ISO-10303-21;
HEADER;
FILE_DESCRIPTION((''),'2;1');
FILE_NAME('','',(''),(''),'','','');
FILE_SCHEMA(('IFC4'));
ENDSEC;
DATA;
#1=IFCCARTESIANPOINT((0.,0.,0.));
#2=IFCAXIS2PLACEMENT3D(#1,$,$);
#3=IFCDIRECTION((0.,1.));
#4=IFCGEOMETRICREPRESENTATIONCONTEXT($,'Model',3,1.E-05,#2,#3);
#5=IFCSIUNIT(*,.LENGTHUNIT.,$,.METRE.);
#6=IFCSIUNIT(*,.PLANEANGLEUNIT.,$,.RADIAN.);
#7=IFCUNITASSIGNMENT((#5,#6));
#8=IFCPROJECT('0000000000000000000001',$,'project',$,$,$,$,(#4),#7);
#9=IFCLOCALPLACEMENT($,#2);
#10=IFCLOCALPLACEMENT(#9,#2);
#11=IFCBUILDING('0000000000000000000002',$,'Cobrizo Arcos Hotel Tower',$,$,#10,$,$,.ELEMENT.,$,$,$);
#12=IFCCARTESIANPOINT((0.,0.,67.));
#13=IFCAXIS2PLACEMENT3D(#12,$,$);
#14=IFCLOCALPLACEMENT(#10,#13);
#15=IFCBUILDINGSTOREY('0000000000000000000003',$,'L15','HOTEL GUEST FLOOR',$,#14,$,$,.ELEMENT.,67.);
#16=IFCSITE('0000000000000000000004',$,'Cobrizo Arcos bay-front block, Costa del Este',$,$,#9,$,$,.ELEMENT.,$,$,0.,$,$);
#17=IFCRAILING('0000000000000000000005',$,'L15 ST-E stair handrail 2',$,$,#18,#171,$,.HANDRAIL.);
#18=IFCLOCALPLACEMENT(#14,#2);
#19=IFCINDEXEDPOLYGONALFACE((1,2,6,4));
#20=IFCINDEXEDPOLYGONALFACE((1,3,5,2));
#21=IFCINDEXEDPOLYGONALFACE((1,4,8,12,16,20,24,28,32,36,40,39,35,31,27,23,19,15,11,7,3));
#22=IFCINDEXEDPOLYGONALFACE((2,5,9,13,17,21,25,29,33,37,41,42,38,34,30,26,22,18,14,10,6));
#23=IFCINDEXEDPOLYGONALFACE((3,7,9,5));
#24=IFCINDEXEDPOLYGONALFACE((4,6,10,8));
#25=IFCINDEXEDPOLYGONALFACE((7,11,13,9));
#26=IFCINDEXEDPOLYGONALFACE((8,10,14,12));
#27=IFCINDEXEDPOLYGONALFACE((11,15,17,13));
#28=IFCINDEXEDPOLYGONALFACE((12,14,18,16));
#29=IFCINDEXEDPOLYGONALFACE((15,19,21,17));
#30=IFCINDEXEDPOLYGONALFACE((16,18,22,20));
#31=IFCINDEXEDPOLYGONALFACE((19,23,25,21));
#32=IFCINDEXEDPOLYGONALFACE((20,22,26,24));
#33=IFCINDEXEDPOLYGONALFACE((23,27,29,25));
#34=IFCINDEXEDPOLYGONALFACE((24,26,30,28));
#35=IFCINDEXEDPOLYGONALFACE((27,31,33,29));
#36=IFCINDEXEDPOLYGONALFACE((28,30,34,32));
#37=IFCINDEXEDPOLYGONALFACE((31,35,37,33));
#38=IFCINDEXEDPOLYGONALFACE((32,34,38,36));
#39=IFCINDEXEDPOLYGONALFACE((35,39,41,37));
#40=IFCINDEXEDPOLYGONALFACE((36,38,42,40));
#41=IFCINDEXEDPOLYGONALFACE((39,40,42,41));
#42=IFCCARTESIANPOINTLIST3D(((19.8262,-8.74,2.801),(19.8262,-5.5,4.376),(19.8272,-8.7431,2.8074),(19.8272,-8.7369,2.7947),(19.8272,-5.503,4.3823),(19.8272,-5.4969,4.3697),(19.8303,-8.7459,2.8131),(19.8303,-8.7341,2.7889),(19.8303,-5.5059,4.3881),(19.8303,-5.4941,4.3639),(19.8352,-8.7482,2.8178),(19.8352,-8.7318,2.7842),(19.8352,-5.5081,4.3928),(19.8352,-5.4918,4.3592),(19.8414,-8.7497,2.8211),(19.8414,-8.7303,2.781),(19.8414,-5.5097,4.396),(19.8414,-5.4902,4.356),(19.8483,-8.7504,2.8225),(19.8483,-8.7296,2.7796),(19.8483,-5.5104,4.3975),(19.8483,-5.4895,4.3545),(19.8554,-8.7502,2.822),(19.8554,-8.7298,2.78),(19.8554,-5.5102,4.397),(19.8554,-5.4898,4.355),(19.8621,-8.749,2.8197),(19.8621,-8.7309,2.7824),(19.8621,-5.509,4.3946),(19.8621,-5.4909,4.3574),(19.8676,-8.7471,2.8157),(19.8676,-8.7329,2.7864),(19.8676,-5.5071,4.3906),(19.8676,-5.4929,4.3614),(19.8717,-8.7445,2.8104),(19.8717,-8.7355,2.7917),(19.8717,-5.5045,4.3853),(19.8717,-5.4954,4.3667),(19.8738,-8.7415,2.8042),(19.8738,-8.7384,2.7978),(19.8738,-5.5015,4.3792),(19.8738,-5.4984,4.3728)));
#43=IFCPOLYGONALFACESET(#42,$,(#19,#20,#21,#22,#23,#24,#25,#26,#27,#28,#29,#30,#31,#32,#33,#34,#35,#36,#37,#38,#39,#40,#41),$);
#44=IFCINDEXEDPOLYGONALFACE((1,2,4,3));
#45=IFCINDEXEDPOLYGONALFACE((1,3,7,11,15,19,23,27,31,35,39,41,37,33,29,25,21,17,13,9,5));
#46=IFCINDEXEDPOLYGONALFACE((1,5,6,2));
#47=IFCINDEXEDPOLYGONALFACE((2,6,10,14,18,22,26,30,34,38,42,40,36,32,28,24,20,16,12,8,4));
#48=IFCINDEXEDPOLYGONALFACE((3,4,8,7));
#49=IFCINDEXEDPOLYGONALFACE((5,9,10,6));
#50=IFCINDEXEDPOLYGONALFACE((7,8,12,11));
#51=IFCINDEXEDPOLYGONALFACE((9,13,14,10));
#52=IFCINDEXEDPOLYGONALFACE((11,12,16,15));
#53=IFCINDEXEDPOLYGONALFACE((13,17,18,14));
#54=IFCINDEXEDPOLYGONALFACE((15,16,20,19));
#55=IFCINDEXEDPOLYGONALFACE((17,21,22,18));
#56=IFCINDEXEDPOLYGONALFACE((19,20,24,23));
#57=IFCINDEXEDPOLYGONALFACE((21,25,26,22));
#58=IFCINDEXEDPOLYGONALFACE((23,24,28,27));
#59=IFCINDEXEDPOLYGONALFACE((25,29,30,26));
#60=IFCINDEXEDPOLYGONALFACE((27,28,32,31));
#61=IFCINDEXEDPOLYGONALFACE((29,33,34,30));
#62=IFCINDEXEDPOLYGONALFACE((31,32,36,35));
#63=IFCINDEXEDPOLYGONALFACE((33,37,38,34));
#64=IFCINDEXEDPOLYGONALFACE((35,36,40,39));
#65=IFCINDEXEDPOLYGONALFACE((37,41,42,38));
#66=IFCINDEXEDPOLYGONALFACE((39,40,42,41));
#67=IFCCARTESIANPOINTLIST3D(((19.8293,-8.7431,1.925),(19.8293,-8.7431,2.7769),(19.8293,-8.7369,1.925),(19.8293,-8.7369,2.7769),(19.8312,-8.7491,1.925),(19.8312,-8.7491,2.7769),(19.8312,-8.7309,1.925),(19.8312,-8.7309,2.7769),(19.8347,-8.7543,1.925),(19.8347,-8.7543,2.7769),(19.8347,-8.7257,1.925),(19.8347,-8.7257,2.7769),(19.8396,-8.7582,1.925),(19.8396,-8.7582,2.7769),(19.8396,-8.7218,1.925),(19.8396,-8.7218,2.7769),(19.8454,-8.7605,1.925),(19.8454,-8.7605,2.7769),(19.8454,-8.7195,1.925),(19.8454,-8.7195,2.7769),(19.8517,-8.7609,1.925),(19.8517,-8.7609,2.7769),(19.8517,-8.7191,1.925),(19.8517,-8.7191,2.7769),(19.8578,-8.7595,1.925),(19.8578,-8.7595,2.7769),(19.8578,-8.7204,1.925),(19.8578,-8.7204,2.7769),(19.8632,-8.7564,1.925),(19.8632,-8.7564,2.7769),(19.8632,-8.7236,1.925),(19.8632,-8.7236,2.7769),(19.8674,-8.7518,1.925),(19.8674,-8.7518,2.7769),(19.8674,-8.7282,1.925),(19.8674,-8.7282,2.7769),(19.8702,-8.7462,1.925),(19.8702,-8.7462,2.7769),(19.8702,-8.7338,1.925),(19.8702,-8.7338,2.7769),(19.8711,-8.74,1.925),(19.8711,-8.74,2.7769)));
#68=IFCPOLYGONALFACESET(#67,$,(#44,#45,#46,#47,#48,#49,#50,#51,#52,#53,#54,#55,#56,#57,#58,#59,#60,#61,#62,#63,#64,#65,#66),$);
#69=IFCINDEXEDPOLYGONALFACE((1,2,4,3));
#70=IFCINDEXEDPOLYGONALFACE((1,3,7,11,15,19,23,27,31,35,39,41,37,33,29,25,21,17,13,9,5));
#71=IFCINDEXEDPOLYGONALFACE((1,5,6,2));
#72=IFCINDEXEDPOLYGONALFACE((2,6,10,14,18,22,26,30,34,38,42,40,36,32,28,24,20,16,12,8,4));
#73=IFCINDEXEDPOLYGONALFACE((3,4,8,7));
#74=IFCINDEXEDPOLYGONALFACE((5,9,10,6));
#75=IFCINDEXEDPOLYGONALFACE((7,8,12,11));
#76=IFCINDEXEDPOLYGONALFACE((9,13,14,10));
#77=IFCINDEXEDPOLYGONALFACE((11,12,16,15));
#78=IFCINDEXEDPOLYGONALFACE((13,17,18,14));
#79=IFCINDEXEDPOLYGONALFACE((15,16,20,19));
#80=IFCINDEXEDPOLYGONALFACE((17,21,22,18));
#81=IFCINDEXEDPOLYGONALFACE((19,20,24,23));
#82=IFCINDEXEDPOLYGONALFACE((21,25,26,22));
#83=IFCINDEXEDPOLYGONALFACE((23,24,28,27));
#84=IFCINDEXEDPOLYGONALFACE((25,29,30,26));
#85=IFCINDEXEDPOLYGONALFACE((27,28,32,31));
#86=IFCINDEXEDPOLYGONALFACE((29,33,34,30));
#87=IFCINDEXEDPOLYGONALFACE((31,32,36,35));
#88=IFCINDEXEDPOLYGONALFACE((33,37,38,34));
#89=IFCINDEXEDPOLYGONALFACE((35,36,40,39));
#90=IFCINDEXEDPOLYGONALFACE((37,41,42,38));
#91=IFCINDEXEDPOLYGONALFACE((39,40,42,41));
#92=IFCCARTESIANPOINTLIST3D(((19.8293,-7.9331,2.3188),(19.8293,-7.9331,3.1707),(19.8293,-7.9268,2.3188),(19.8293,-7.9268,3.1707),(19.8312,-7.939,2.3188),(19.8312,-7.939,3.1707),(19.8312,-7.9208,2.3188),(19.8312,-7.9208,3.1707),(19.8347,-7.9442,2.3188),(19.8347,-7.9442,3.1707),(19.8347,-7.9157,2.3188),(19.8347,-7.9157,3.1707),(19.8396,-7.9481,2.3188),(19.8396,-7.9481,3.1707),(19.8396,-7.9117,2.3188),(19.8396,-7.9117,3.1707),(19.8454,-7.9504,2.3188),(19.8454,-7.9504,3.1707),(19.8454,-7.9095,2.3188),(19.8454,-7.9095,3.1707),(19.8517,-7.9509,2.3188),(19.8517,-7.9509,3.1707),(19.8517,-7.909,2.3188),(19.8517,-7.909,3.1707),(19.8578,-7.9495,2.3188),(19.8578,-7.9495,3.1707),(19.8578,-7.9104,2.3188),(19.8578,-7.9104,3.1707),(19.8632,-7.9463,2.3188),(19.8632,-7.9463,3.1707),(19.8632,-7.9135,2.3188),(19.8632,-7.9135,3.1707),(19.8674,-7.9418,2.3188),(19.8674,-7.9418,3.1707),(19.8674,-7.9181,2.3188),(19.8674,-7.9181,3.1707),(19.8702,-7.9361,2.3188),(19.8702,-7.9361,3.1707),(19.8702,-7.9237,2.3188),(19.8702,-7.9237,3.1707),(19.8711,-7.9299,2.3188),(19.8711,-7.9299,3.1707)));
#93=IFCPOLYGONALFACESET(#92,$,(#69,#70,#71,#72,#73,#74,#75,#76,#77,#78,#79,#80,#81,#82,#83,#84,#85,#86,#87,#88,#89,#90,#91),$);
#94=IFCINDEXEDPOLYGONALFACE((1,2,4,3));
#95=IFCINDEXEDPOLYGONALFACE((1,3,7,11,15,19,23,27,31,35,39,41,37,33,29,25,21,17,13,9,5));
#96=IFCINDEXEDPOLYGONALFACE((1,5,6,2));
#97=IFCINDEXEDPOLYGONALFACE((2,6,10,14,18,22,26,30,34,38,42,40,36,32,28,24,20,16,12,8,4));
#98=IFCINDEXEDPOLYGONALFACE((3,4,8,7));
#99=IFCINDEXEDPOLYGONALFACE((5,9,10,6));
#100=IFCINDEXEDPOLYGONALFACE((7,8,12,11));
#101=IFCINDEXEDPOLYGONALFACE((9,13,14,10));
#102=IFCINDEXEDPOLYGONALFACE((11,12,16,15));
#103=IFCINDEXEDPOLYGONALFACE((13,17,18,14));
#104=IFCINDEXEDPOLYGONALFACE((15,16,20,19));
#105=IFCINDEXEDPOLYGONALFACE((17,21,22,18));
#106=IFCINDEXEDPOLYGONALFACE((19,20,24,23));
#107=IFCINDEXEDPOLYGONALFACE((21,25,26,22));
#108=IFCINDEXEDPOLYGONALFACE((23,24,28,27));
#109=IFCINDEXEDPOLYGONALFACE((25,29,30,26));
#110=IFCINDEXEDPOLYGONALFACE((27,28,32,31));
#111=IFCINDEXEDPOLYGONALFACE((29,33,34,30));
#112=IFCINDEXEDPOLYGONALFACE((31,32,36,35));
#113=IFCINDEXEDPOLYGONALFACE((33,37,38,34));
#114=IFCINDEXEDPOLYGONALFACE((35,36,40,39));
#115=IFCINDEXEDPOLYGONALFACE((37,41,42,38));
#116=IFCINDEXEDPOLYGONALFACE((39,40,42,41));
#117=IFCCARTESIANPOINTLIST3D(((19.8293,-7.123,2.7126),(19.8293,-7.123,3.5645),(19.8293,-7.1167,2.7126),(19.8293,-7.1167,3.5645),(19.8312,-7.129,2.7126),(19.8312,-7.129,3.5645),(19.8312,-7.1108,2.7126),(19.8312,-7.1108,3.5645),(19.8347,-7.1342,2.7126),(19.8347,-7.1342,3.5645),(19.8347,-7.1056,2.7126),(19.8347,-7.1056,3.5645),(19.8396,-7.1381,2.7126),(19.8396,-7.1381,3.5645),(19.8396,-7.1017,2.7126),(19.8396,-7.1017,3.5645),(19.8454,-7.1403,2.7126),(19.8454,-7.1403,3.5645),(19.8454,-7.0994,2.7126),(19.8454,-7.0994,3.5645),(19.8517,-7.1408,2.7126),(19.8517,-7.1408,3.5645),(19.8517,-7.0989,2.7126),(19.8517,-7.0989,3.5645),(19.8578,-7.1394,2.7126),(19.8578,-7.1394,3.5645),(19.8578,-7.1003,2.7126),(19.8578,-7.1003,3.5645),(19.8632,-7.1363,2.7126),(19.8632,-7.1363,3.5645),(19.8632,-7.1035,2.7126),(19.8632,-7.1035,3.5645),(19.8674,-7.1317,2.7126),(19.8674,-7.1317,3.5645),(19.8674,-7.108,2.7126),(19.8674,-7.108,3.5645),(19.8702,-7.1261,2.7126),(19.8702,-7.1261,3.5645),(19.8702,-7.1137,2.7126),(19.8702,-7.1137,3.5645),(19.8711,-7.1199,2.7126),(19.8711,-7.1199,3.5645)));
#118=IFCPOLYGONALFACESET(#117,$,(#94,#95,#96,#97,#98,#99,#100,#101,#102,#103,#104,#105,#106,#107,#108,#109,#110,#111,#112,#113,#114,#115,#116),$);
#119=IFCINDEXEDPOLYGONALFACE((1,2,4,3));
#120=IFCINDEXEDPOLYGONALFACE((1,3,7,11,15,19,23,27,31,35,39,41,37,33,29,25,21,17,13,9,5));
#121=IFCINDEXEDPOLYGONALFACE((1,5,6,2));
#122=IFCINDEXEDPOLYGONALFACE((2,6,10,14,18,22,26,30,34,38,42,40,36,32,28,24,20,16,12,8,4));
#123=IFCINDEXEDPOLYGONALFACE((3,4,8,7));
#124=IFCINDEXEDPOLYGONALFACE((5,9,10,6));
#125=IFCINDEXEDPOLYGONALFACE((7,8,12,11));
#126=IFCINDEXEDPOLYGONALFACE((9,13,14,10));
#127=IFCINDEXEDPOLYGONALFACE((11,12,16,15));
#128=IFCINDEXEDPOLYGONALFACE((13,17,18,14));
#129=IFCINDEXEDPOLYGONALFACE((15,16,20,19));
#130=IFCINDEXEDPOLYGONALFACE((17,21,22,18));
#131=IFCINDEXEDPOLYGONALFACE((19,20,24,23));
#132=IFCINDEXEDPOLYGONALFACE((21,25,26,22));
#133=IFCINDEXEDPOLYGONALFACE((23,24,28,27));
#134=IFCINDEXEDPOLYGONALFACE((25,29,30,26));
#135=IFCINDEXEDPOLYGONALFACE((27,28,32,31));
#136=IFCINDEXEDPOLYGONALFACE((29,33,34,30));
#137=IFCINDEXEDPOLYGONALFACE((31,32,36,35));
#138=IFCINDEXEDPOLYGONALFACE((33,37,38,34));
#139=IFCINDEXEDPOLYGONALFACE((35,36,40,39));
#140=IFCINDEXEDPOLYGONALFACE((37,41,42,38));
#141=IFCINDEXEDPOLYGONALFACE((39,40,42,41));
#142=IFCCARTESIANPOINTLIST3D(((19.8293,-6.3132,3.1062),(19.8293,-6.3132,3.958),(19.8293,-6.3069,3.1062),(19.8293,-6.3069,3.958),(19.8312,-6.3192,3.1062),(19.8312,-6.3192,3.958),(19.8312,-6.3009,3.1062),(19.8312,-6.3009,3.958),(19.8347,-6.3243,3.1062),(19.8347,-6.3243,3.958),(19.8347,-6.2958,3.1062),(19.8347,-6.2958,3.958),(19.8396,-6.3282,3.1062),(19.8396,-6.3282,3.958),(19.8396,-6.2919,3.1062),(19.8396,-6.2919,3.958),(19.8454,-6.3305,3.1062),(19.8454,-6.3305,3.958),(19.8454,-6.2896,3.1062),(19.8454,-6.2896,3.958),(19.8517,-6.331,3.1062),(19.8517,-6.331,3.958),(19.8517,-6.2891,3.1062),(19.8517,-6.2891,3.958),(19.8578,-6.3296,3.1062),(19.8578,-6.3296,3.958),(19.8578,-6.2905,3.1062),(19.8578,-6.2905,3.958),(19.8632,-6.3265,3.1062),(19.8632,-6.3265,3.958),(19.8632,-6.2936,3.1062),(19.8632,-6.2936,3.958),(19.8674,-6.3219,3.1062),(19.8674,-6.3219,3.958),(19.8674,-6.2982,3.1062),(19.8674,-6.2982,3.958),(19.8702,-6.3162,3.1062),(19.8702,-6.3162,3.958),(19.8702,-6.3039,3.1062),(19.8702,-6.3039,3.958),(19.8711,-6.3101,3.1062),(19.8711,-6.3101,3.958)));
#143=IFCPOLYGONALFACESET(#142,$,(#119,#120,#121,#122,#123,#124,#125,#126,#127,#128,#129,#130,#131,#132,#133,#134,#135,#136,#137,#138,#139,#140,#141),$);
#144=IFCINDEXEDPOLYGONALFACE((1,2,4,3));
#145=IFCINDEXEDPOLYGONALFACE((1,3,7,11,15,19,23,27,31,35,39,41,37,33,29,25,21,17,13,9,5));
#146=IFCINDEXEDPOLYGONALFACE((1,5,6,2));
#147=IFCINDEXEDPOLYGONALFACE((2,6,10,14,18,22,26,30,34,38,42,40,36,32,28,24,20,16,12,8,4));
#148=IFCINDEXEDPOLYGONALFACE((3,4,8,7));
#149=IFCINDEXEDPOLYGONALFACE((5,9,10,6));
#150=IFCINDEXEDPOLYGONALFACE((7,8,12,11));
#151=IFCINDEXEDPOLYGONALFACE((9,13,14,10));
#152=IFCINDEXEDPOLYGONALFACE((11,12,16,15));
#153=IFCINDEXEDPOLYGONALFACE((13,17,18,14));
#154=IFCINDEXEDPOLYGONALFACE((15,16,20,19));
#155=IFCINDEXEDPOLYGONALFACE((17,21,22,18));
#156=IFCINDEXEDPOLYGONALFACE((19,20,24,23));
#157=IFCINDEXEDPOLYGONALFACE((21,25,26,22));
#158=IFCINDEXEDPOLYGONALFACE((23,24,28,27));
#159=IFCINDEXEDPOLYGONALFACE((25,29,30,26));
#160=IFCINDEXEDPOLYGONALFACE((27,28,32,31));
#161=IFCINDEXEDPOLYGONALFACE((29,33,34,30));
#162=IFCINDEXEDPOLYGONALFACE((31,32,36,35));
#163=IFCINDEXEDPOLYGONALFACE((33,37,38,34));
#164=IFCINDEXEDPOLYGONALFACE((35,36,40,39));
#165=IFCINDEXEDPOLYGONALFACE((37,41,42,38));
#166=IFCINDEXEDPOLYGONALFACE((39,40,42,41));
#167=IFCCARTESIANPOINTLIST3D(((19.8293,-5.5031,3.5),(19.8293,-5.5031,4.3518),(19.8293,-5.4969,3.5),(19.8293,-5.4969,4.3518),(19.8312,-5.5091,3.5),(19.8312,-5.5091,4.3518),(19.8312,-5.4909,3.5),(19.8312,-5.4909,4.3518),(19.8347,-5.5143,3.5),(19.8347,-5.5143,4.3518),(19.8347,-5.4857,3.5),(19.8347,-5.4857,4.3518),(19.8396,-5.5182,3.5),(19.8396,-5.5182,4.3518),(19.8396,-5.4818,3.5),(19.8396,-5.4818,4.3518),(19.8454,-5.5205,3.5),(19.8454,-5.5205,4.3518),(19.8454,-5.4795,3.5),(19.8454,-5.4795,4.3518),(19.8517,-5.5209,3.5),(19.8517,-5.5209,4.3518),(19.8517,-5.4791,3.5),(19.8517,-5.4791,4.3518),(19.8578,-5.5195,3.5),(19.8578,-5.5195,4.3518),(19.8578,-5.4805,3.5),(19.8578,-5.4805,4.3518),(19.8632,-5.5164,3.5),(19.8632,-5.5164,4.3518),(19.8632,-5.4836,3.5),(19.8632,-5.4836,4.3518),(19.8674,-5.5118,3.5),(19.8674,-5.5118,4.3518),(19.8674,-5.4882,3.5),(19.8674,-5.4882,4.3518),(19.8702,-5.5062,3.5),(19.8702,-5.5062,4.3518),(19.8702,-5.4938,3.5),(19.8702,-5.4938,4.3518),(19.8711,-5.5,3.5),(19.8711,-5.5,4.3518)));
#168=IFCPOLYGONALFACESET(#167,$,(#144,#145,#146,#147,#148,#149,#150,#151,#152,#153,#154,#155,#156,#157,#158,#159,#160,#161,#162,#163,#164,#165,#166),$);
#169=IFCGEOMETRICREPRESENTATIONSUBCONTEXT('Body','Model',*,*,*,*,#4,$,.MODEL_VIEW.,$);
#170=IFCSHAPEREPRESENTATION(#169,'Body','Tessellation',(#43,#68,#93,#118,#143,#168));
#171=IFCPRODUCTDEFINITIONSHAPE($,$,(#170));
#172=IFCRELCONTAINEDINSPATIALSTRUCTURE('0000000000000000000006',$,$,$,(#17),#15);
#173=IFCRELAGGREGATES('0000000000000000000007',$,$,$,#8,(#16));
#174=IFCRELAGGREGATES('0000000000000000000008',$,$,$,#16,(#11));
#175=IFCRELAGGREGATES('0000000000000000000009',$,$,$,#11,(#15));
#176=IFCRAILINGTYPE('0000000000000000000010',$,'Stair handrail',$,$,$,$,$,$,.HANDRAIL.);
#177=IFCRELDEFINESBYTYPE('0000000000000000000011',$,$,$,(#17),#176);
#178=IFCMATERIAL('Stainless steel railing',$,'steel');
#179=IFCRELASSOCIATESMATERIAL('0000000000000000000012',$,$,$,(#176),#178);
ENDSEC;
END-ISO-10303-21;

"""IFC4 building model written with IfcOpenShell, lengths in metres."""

from ifc_helpers import new_model, si_unit, direction, frame, origin, origin_2d, place, context, subcontext, project, spatial, circle, extrude, material, type_object, element, save


model = new_model("IFC4")

# Units and contexts
model_context = context("Model", 3, precision=1e-05, world=origin(), true_north=direction((0.0, 1.0)))
body_context = subcontext(model_context, "Body", "Model", "MODEL_VIEW")
ifc_project = project(units=[si_unit("LENGTHUNIT", "METRE"), si_unit("PLANEANGLEUNIT", "RADIAN")], contexts=[model_context])

# Site, building, storey
site_placement = place(None, origin())
site = spatial("IfcSite", under=ifc_project, at=site_placement, Name="Cobrizo Arcos bay-front block, Costa del Este", CompositionType="ELEMENT", RefElevation=0.0)
building_placement = place(site_placement, origin())
building = spatial("IfcBuilding", under=site, at=building_placement, Name="Cobrizo Arcos Hotel Tower", CompositionType="ELEMENT")
storey_placement = place(building_placement, frame((0.0, 0.0, 67.0)))
storey = spatial("IfcBuildingStorey", under=building, at=storey_placement, Name="L15", Description="HOTEL GUEST FLOOR", CompositionType="ELEMENT", Elevation=67.0)

# Railing
ifc_material_1 = material(Name="Stainless steel railing", Category="steel")
railing_type_1 = type_object("IfcRailingType", Name="Stair handrail", PredefinedType="HANDRAIL", material=ifc_material_1)
railing_1_placement = place(storey_placement, frame((19.8501, -8.74, 1.925)))
element("IfcRailing", 1, at=railing_1_placement, inside=storey, type_object=railing_type_1, Name="L15 ST-E stair handrail 2", PredefinedType="HANDRAIL", context=body_context, shape_type="SweptSolid", body=[
    extrude(circle(Radius=0.0239, at=origin_2d()), frame((0.0, 0.0, 0.876), z_axis=(0.0, 0.899373, 0.437183), x_axis=(-1.0, 0.0, 0.0)), (0.0, 0.0, 1.0), 3.6025),
    extrude(circle(Radius=0.021, at=origin_2d()), origin(), (0.0, 0.0, 1.0), 0.8518),
    extrude(circle(Radius=0.021, at=origin_2d()), frame((0.0, 0.8101, 0.3938)), (0.0, 0.0, 1.0), 0.8518),
    extrude(circle(Radius=0.021, at=origin_2d()), frame((0.0, 1.6201, 0.7876)), (0.0, 0.0, 1.0), 0.8518),
    extrude(circle(Radius=0.021, at=origin_2d()), frame((0.0, 2.4299, 1.1812)), (0.0, 0.0, 1.0), 0.8518),
    extrude(circle(Radius=0.021, at=origin_2d()), frame((0.0, 3.24, 1.575)), (0.0, 0.0, 1.0), 0.8518),
])

save(model, "model.ifc")
